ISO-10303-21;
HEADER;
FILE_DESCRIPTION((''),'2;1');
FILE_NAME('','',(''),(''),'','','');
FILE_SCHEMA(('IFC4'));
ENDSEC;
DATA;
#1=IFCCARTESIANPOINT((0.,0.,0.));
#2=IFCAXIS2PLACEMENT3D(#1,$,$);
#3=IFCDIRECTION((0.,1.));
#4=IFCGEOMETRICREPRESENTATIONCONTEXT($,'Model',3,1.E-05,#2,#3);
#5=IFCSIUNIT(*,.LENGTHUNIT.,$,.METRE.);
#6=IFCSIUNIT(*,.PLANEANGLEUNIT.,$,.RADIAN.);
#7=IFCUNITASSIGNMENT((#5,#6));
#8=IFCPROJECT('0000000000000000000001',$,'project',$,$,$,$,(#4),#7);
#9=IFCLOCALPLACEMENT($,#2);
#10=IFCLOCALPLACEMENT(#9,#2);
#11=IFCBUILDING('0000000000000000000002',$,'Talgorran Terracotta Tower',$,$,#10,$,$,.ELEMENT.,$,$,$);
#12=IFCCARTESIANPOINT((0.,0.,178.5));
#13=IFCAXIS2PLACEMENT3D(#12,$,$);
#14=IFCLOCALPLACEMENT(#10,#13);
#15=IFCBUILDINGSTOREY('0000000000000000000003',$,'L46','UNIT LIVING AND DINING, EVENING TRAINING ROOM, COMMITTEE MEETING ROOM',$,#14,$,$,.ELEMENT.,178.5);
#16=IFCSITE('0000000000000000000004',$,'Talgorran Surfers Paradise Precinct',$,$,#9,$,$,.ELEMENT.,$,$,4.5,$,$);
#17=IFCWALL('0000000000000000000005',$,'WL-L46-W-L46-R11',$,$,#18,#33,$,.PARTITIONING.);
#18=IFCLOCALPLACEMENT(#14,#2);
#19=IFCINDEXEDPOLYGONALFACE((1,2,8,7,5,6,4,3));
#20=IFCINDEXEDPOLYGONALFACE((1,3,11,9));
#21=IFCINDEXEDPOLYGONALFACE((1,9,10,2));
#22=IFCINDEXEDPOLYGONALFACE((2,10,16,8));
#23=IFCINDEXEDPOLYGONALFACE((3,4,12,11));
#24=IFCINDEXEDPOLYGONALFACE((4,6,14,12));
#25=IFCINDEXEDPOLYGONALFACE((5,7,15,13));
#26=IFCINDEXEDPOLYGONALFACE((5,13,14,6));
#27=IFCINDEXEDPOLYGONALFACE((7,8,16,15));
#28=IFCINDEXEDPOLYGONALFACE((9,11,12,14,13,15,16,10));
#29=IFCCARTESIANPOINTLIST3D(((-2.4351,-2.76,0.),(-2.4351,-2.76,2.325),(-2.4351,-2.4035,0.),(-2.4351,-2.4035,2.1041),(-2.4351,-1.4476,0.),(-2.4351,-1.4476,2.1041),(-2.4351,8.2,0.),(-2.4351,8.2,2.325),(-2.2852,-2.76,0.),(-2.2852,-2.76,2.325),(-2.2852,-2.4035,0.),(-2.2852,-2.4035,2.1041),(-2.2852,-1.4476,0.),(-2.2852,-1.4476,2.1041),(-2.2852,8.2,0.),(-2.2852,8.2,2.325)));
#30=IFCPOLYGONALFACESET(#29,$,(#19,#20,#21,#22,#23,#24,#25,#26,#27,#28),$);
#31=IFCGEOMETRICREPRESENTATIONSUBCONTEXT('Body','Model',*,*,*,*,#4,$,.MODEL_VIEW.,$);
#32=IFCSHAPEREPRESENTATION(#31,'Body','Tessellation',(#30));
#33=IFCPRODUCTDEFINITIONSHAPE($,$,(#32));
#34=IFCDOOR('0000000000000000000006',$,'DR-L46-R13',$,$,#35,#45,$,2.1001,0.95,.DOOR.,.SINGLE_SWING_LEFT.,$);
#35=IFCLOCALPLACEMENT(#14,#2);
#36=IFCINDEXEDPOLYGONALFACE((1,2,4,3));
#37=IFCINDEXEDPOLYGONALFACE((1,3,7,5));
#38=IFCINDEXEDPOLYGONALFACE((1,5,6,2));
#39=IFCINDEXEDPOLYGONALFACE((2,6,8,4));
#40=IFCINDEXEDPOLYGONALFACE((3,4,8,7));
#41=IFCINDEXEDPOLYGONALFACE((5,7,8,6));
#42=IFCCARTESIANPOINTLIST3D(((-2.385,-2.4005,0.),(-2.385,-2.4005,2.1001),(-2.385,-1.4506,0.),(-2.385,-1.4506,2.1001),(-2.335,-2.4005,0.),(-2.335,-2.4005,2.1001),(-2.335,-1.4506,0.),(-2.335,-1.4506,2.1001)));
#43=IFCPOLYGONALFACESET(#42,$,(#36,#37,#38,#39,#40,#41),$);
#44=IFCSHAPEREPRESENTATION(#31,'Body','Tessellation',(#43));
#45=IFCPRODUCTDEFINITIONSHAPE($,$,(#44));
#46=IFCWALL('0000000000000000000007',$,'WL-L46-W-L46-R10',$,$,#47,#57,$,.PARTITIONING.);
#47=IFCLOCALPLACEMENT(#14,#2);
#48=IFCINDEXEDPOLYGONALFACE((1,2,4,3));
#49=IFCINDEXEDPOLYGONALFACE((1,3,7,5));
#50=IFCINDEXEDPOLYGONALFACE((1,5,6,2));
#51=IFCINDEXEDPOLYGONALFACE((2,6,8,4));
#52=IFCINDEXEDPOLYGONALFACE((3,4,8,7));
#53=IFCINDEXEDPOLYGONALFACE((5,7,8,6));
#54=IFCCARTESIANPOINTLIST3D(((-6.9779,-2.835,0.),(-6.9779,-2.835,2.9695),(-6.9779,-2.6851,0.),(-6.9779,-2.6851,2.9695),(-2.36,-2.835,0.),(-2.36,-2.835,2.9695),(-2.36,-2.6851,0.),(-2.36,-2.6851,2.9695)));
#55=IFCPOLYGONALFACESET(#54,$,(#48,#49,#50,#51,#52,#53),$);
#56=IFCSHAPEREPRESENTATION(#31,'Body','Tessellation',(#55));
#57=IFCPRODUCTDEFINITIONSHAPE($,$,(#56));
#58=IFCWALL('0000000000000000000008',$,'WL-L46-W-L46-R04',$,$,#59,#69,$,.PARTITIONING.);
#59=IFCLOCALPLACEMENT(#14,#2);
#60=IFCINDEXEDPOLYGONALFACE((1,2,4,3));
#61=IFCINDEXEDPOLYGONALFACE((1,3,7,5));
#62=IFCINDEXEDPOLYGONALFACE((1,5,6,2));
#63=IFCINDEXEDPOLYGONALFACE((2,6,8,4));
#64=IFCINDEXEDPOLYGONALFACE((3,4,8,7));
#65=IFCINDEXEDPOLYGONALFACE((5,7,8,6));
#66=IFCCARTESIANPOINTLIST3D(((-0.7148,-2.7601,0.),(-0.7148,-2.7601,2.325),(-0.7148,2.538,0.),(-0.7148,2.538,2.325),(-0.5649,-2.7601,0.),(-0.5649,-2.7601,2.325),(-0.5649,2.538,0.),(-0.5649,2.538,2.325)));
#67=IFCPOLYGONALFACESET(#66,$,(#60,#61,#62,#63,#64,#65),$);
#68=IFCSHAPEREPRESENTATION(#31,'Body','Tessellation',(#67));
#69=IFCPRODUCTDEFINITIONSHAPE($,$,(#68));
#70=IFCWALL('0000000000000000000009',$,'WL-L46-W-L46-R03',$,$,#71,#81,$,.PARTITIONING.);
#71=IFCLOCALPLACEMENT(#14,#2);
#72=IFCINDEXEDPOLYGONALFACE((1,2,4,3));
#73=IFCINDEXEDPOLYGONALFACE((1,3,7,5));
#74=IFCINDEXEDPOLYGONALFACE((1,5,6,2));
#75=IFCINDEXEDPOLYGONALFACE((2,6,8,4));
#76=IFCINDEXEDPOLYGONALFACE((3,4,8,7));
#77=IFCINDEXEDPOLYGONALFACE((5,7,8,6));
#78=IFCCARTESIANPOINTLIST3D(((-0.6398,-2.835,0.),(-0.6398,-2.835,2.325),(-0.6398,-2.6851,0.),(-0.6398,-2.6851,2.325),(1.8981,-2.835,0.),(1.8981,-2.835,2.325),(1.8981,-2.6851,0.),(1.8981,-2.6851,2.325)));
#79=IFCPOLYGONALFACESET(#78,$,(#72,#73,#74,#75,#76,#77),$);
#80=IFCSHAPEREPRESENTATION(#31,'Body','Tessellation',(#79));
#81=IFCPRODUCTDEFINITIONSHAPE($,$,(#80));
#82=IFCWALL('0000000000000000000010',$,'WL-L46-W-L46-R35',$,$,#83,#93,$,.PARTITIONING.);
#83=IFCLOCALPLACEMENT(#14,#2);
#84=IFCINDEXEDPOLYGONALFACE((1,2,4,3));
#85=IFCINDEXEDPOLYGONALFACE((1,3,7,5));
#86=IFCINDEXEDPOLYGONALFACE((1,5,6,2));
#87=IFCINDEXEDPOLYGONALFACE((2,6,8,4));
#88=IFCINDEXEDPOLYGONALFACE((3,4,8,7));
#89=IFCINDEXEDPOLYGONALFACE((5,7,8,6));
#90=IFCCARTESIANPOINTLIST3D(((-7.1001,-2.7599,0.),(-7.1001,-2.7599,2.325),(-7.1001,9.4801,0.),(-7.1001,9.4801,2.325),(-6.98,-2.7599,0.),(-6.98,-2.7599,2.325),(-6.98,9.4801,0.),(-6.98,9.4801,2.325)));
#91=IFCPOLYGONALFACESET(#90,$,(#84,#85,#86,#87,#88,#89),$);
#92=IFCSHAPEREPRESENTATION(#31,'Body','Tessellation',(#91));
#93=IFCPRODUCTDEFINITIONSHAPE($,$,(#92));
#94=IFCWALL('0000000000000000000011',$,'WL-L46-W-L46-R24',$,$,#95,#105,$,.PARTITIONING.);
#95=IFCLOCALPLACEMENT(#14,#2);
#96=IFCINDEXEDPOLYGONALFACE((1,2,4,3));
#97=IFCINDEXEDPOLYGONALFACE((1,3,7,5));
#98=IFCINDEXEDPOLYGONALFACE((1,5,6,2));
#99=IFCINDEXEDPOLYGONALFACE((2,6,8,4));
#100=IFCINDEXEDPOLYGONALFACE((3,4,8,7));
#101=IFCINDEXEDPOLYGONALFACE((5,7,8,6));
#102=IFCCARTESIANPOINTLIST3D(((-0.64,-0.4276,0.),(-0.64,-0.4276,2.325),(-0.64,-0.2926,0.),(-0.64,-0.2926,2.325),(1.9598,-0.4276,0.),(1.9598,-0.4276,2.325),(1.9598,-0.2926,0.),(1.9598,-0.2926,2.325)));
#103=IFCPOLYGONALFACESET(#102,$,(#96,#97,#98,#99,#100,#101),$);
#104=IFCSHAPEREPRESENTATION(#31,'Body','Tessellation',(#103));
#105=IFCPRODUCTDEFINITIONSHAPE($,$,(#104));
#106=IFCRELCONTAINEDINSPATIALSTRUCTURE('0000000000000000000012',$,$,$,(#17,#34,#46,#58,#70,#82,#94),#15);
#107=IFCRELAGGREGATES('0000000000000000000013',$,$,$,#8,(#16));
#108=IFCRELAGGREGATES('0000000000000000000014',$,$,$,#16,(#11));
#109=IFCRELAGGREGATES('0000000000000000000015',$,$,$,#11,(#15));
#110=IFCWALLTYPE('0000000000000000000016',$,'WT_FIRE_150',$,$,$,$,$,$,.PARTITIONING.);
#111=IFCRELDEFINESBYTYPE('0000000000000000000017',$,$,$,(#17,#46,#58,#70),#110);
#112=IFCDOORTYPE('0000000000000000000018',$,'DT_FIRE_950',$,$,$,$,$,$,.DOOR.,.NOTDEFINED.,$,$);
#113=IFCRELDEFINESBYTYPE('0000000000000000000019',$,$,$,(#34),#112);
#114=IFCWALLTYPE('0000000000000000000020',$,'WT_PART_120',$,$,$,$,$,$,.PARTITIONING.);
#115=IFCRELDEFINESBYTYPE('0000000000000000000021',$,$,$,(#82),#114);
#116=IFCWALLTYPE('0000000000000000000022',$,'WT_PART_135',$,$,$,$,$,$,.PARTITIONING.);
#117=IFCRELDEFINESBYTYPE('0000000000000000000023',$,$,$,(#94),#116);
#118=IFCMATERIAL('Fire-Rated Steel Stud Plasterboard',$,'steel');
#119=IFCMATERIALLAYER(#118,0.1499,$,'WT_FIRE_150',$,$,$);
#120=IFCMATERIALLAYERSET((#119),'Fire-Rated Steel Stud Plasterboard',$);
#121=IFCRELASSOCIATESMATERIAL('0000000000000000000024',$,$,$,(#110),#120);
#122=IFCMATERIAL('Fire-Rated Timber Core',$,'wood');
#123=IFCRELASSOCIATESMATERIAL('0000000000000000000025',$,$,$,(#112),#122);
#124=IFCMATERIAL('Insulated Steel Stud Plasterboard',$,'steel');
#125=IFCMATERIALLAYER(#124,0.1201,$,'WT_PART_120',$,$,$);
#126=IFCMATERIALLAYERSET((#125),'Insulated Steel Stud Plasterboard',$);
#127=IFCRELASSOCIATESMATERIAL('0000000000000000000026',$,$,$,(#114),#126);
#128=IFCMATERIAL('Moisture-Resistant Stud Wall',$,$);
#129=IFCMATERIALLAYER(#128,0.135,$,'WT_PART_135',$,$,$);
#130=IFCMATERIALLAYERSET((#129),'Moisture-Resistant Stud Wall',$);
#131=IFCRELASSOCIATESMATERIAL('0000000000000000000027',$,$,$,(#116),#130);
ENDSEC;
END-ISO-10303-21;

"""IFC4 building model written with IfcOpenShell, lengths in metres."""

from ifc_helpers import new_model, si_unit, direction, frame, frame_2d, origin, place, context, subcontext, project, spatial, rectangle, extrude, material, layer, layer_set, type_object, element, fill, save


model = new_model("IFC4")

# Units and contexts
model_context = context("Model", 3, precision=1e-05, world=origin(), true_north=direction((0.0, 1.0)))
body_context = subcontext(model_context, "Body", "Model", "MODEL_VIEW")
ifc_project = project(units=[si_unit("LENGTHUNIT", "METRE"), si_unit("PLANEANGLEUNIT", "RADIAN")], contexts=[model_context])

# Site, building, storey
site_placement = place(None, origin())
site = spatial("IfcSite", under=ifc_project, at=site_placement, Name="Talgorran Surfers Paradise Precinct", CompositionType="ELEMENT", RefElevation=4.5)
building_placement = place(site_placement, origin())
building = spatial("IfcBuilding", under=site, at=building_placement, Name="Talgorran Terracotta Tower", CompositionType="ELEMENT")
storey_placement = place(building_placement, frame((0.0, 0.0, 178.5)))
storey = spatial("IfcBuildingStorey", under=building, at=storey_placement, Name="L46", Description="UNIT LIVING AND DINING, EVENING TRAINING ROOM, COMMITTEE MEETING ROOM", CompositionType="ELEMENT", Elevation=178.5)

# Wall, opening, door
ifc_material_1 = material(Name="Fire-Rated Steel Stud Plasterboard", Category="steel")
ifc_layer_1 = layer(ifc_material_1, 0.1499, Name="WT_FIRE_150")
ifc_layer_set_1 = layer_set([ifc_layer_1], Name="Fire-Rated Steel Stud Plasterboard")
wall_type_1 = type_object("IfcWallType", Name="WT_FIRE_150", PredefinedType="PARTITIONING", material=ifc_layer_set_1)
wall_1_placement = place(storey_placement, frame((-2.3601, -2.76, 0.0), z_axis=(0.0, 0.0, 1.0), x_axis=(0.0, 1.0, 0.0)))
wall_1 = element("IfcWall", 1, at=wall_1_placement, inside=storey, type_object=wall_type_1, Name="WL-L46-W-L46-R11", PredefinedType="PARTITIONING", context=body_context, shape_type="SweptSolid", body=[
    extrude(rectangle(XDim=10.96, YDim=0.1499, at=frame_2d((5.48, 0.0))), origin(), (0.0, 0.0, 1.0), 2.325),
])
opening_placement = place(wall_1_placement, frame((0.3594, 0.0, 0.0)))
opening = element("IfcOpeningElement", 2, at=opening_placement, cuts=wall_1, PredefinedType="OPENING", context=body_context, shape_type="SweptSolid", body=[
    extrude(rectangle(XDim=0.956, YDim=2.1041, at=frame_2d((0.4751, 1.052))), frame((0.0, 0.085, 0.0), z_axis=(0.0, -1.0, 0.0), x_axis=(1.0, 0.0, 0.0)), (0.0, 0.0, 1.0), 0.1699),
])
ifc_material_2 = material(Name="Fire-Rated Timber Core", Category="wood")
door_type = type_object("IfcDoorType", Name="DT_FIRE_950", OperationType="NOTDEFINED", PredefinedType="DOOR", material=ifc_material_2)
door_placement = place(opening_placement, origin())
door = element("IfcDoor", 3, at=door_placement, inside=storey, type_object=door_type, Name="DR-L46-R13", OperationType="SINGLE_SWING_LEFT", OverallHeight=2.1001, OverallWidth=0.95, PredefinedType="DOOR", context=body_context, shape_type="SweptSolid", body=[
    extrude(rectangle(XDim=0.95, YDim=2.1001, at=frame_2d((0.4751, 1.05))), frame((0.0, 0.0249, 0.0), z_axis=(0.0, -1.0, 0.0), x_axis=(1.0, 0.0, 0.0)), (0.0, 0.0, 1.0), 0.05),
])
fill(opening, door)

# Walls
wall_2_placement = place(storey_placement, frame((-6.978, -2.76, 0.0), z_axis=(0.0, 0.0, 1.0), x_axis=(1.0, 0.0, 0.0)))
element("IfcWall", 4, at=wall_2_placement, inside=storey, type_object=wall_type_1, Name="WL-L46-W-L46-R10", PredefinedType="PARTITIONING", context=body_context, shape_type="SweptSolid", body=[
    extrude(rectangle(XDim=4.6179, YDim=0.1499, at=frame_2d((2.3091, 0.0))), origin(), (0.0, 0.0, 1.0), 2.9695),
])
wall_3_placement = place(storey_placement, frame((-0.6399, -2.76, 0.0), z_axis=(0.0, 0.0, 1.0), x_axis=(0.0, 1.0, 0.0)))
element("IfcWall", 5, at=wall_3_placement, inside=storey, type_object=wall_type_1, Name="WL-L46-W-L46-R04", PredefinedType="PARTITIONING", context=body_context, shape_type="SweptSolid", body=[
    extrude(rectangle(XDim=5.2981, YDim=0.1499, at=frame_2d((2.6489, 0.0))), origin(), (0.0, 0.0, 1.0), 2.325),
])
wall_4_placement = place(storey_placement, frame((-0.6399, -2.76, 0.0), z_axis=(0.0, 0.0, 1.0), x_axis=(1.0, 0.0, 0.0)))
element("IfcWall", 6, at=wall_4_placement, inside=storey, type_object=wall_type_1, Name="WL-L46-W-L46-R03", PredefinedType="PARTITIONING", context=body_context, shape_type="SweptSolid", body=[
    extrude(rectangle(XDim=2.5378, YDim=0.1499, at=frame_2d((1.269, 0.0))), origin(), (0.0, 0.0, 1.0), 2.325),
])
ifc_material_3 = material(Name="Insulated Steel Stud Plasterboard", Category="steel")
ifc_layer_2 = layer(ifc_material_3, 0.1201, Name="WT_PART_120")
ifc_layer_set_2 = layer_set([ifc_layer_2], Name="Insulated Steel Stud Plasterboard")
wall_type_2 = type_object("IfcWallType", Name="WT_PART_120", PredefinedType="PARTITIONING", material=ifc_layer_set_2)
wall_5_placement = place(storey_placement, frame((-7.04, -2.76, 0.0), z_axis=(0.0, 0.0, 1.0), x_axis=(0.0, 1.0, 0.0)))
element("IfcWall", 7, at=wall_5_placement, inside=storey, type_object=wall_type_2, Name="WL-L46-W-L46-R35", PredefinedType="PARTITIONING", context=body_context, shape_type="SweptSolid", body=[
    extrude(rectangle(XDim=12.24, YDim=0.1201, at=frame_2d((6.1201, 0.0))), origin(), (0.0, 0.0, 1.0), 2.325),
])
ifc_material_4 = material(Name="Moisture-Resistant Stud Wall")
ifc_layer_3 = layer(ifc_material_4, 0.135, Name="WT_PART_135")
ifc_layer_set_3 = layer_set([ifc_layer_3], Name="Moisture-Resistant Stud Wall")
wall_type_3 = type_object("IfcWallType", Name="WT_PART_135", PredefinedType="PARTITIONING", material=ifc_layer_set_3)
wall_6_placement = place(storey_placement, frame((-0.6399, -0.3601, 0.0), z_axis=(0.0, 0.0, 1.0), x_axis=(1.0, 0.0, 0.0)))
element("IfcWall", 8, at=wall_6_placement, inside=storey, type_object=wall_type_3, Name="WL-L46-W-L46-R24", PredefinedType="PARTITIONING", context=body_context, shape_type="SweptSolid", body=[
    extrude(rectangle(XDim=2.5999, YDim=0.135, at=frame_2d((1.2998, 0.0))), origin(), (0.0, 0.0, 1.0), 2.325),
])

save(model, "model.ifc")
